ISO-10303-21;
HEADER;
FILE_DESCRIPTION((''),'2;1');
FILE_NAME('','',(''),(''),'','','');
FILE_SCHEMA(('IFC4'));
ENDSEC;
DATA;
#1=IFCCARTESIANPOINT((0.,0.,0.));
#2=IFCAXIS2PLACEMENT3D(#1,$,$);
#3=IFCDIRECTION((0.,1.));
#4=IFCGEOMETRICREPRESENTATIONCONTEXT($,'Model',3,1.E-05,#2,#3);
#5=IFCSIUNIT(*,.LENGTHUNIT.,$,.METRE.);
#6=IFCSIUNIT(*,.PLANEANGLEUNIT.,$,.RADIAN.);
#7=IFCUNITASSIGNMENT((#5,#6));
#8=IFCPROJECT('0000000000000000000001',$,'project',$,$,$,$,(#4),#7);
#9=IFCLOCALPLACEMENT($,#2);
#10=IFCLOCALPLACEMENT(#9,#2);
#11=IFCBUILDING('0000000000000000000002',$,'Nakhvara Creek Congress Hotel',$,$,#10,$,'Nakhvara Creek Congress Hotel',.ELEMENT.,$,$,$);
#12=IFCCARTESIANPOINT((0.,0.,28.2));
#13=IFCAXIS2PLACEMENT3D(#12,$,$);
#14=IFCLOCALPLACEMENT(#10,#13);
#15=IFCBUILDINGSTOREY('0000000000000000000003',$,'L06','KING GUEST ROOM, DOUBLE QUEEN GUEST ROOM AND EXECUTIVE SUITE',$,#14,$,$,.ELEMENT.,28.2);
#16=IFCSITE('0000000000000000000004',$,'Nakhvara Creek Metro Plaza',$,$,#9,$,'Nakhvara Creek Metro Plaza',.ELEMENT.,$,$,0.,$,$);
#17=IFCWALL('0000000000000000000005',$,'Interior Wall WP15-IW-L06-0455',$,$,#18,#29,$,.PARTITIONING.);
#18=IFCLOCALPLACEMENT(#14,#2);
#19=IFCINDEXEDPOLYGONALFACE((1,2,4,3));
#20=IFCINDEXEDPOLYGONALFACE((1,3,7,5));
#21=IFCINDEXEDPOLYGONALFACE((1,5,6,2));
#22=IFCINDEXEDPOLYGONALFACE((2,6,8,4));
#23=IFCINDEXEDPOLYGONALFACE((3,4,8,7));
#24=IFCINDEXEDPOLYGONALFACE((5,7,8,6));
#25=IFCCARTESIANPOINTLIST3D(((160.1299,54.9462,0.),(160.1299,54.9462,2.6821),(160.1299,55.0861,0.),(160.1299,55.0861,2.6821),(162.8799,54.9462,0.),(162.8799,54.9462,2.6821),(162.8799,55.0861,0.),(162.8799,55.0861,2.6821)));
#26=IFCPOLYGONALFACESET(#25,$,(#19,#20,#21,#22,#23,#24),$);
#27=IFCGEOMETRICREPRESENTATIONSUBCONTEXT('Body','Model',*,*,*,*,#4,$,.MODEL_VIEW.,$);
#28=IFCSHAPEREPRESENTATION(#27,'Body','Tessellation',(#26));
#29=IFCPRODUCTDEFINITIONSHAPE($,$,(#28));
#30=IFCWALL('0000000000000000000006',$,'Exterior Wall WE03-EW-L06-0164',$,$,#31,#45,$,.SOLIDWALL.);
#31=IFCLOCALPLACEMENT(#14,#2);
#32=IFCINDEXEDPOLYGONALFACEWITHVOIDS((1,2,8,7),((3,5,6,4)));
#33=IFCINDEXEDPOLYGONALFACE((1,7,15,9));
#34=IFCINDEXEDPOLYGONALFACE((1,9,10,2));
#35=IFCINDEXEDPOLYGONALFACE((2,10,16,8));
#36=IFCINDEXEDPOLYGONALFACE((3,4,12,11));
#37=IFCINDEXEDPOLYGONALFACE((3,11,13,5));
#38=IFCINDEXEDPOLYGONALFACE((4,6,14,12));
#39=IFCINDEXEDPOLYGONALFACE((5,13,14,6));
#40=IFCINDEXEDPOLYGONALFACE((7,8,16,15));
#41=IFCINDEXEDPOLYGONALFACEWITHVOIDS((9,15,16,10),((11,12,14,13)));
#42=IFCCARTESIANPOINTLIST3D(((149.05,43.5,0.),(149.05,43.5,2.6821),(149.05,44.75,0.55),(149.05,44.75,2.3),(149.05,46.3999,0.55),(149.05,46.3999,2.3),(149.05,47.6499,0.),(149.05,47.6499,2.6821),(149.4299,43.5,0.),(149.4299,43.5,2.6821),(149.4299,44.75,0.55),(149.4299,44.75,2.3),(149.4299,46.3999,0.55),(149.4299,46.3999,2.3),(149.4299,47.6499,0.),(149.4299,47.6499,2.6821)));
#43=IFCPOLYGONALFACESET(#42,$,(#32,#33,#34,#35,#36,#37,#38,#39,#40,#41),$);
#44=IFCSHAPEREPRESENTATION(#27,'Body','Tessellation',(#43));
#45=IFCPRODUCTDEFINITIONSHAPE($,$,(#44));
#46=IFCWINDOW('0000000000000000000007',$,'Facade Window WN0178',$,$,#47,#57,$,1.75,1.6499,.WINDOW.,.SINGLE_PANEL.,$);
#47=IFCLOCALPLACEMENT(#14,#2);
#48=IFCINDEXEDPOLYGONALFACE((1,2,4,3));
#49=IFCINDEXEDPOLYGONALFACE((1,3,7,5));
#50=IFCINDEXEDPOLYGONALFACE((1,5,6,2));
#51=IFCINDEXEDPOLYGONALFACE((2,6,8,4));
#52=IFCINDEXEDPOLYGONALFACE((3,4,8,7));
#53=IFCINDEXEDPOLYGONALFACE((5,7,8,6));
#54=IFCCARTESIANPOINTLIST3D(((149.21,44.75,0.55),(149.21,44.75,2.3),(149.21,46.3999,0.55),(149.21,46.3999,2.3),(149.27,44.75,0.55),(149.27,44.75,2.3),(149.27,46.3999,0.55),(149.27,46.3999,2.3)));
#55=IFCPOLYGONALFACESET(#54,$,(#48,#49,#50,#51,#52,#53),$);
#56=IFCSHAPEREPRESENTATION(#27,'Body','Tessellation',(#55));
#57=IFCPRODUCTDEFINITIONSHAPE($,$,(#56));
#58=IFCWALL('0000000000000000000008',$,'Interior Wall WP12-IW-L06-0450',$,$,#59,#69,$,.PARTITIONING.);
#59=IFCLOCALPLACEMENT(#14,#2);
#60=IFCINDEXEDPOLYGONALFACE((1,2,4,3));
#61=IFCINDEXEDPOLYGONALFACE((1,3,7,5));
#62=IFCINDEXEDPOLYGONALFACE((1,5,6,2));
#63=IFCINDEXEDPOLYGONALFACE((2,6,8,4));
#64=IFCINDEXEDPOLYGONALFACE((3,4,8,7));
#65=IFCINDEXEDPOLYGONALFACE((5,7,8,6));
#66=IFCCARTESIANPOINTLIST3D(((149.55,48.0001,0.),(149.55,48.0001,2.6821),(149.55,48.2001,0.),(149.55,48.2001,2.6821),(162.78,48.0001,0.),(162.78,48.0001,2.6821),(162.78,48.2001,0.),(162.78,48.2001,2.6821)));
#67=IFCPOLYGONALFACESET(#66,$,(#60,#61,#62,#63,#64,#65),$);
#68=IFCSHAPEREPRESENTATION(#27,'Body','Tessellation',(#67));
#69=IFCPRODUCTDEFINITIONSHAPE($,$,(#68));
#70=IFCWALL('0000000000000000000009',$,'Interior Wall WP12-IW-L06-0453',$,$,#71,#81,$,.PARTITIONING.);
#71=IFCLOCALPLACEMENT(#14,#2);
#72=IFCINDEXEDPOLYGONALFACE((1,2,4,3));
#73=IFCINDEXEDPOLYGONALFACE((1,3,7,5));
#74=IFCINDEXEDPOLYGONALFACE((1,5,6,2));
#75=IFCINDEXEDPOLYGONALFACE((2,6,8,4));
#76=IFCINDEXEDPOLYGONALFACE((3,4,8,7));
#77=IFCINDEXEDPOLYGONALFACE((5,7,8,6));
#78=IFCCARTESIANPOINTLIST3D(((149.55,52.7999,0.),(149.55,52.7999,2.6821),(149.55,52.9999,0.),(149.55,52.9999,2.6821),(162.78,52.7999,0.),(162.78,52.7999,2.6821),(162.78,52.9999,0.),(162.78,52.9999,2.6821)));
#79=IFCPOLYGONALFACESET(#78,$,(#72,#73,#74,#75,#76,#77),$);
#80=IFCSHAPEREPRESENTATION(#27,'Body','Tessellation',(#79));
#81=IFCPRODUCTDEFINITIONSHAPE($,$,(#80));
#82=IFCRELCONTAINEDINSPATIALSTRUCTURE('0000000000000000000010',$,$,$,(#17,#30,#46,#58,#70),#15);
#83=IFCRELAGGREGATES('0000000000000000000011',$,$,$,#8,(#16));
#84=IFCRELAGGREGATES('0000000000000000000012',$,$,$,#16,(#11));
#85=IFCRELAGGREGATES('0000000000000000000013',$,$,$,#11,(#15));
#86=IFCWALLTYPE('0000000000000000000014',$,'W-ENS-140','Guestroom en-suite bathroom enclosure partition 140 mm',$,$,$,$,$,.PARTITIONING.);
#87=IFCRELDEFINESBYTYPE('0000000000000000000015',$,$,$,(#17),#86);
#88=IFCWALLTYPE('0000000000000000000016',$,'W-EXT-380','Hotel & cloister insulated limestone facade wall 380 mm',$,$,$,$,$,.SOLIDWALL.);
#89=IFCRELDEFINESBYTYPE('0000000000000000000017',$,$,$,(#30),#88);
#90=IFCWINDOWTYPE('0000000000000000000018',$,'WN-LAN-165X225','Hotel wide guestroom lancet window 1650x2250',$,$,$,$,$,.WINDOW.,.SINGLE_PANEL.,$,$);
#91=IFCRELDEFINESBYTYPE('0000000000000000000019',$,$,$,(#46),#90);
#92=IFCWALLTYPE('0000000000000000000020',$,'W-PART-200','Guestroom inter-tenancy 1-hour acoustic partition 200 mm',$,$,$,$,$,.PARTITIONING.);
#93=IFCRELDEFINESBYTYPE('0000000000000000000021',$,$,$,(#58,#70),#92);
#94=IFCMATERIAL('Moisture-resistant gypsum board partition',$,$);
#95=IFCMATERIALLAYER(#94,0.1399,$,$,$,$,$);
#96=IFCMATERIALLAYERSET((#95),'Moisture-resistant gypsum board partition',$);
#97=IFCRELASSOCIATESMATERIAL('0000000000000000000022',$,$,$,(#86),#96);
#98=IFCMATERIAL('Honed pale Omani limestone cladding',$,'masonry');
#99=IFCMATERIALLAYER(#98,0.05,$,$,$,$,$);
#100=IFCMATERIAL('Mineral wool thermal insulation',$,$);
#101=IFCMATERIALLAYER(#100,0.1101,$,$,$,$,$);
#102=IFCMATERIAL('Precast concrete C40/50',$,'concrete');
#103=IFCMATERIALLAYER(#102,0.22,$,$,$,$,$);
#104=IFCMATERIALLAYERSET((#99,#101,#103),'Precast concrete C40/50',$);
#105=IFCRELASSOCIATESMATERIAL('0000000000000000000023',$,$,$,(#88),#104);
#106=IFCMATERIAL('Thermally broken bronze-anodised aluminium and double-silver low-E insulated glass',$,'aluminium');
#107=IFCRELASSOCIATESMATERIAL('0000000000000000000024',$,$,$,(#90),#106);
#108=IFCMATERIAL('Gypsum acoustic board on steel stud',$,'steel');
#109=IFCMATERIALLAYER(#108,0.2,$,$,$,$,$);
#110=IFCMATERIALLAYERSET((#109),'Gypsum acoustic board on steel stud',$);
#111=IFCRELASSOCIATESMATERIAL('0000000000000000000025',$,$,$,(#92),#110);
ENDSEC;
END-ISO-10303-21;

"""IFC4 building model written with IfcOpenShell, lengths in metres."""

from ifc_helpers import new_model, si_unit, direction, frame, frame_2d, origin, place, context, subcontext, project, spatial, rectangle, extrude, material, layer, layer_set, type_object, element, fill, save


model = new_model("IFC4")

# Units and contexts
model_context = context("Model", 3, precision=1e-05, world=origin(), true_north=direction((0.0, 1.0)))
body_context = subcontext(model_context, "Body", "Model", "MODEL_VIEW")
ifc_project = project(units=[si_unit("LENGTHUNIT", "METRE"), si_unit("PLANEANGLEUNIT", "RADIAN")], contexts=[model_context])

# Site, building, storey
site_placement = place(None, origin())
site = spatial("IfcSite", under=ifc_project, at=site_placement, Name="Nakhvara Creek Metro Plaza", LongName="Nakhvara Creek Metro Plaza", CompositionType="ELEMENT", RefElevation=0.0)
building_placement = place(site_placement, origin())
building = spatial("IfcBuilding", under=site, at=building_placement, Name="Nakhvara Creek Congress Hotel", LongName="Nakhvara Creek Congress Hotel", CompositionType="ELEMENT")
storey_placement = place(building_placement, frame((0.0, 0.0, 28.2)))
storey = spatial("IfcBuildingStorey", under=building, at=storey_placement, Name="L06", Description="KING GUEST ROOM, DOUBLE QUEEN GUEST ROOM AND EXECUTIVE SUITE", CompositionType="ELEMENT", Elevation=28.2)

# Shared definitions
ifc_material_1 = material(Name="Moisture-resistant gypsum board partition")
ifc_layer_1 = layer(ifc_material_1, 0.1399)
ifc_layer_set_1 = layer_set([ifc_layer_1], Name="Moisture-resistant gypsum board partition")
wall_type_1 = type_object("IfcWallType", Name="W-ENS-140", Description="Guestroom en-suite bathroom enclosure partition 140 mm", PredefinedType="PARTITIONING", material=ifc_layer_set_1)

# Wall
wall_1_placement = place(storey_placement, frame((160.1299, 55.0161, 0.0), z_axis=(0.0, 0.0, 1.0), x_axis=(1.0, 0.0, 0.0)))
element("IfcWall", 1, at=wall_1_placement, inside=storey, type_object=wall_type_1, Name="Interior Wall WP15-IW-L06-0455", PredefinedType="PARTITIONING", context=body_context, shape_type="SweptSolid", body=[
    extrude(rectangle(XDim=2.75, YDim=0.1399, at=frame_2d((1.375, 0.0))), origin(), (0.0, 0.0, 1.0), 2.6821),
])

# Wall, opening, window
ifc_material_2 = material(Name="Honed pale Omani limestone cladding", Category="masonry")
ifc_layer_2 = layer(ifc_material_2, 0.05)
ifc_material_3 = material(Name="Mineral wool thermal insulation")
ifc_layer_3 = layer(ifc_material_3, 0.1101)
ifc_material_4 = material(Name="Precast concrete C40/50", Category="concrete")
ifc_layer_4 = layer(ifc_material_4, 0.22)
ifc_layer_set_2 = layer_set([ifc_layer_2, ifc_layer_3, ifc_layer_4], Name="Precast concrete C40/50")
wall_type_2 = type_object("IfcWallType", Name="W-EXT-380", Description="Hotel & cloister insulated limestone facade wall 380 mm", PredefinedType="SOLIDWALL", material=ifc_layer_set_2)
wall_2_placement = place(storey_placement, frame((149.24, 43.5, 0.0), z_axis=(0.0, 0.0, 1.0), x_axis=(0.0, 1.0, 0.0)))
wall_2 = element("IfcWall", 2, at=wall_2_placement, inside=storey, type_object=wall_type_2, Name="Exterior Wall WE03-EW-L06-0164", PredefinedType="SOLIDWALL", context=body_context, shape_type="SweptSolid", body=[
    extrude(rectangle(XDim=4.1499, YDim=0.3799, at=frame_2d((2.075, 0.0))), origin(), (0.0, 0.0, 1.0), 2.6821),
])
opening_1_placement = place(wall_2_placement, frame((1.25, 0.0, 0.55)))
opening_1 = element("IfcOpeningElement", 3, at=opening_1_placement, cuts=wall_2, PredefinedType="OPENING", context=body_context, shape_type="SweptSolid", body=[
    extrude(rectangle(XDim=1.6499, YDim=1.75, at=frame_2d((0.825, 0.875))), frame((0.0, 0.2019, 0.0), z_axis=(0.0, -1.0, 0.0), x_axis=(1.0, 0.0, 0.0)), (0.0, 0.0, 1.0), 0.4038),
])
ifc_material_5 = material(Name="Thermally broken bronze-anodised aluminium and double-silver low-E insulated glass", Category="aluminium")
window_type = type_object("IfcWindowType", Name="WN-LAN-165X225", Description="Hotel wide guestroom lancet window 1650x2250", PartitioningType="SINGLE_PANEL", PredefinedType="WINDOW", material=ifc_material_5)
window_placement = place(opening_1_placement, origin())
window = element("IfcWindow", 4, at=window_placement, inside=storey, type_object=window_type, Name="Facade Window WN0178", OverallHeight=1.75, OverallWidth=1.6499, PartitioningType="SINGLE_PANEL", PredefinedType="WINDOW", context=body_context, shape_type="SweptSolid", body=[
    extrude(rectangle(XDim=1.6499, YDim=1.75, at=frame_2d((0.825, 0.875))), frame((0.0, 0.03, 0.0), z_axis=(0.0, -1.0, 0.0), x_axis=(1.0, 0.0, 0.0)), (0.0, 0.0, 1.0), 0.0601),
])
fill(opening_1, window)

# Walls
ifc_material_6 = material(Name="Gypsum acoustic board on steel stud", Category="steel")
ifc_layer_5 = layer(ifc_material_6, 0.2)
ifc_layer_set_3 = layer_set([ifc_layer_5], Name="Gypsum acoustic board on steel stud")
wall_type_3 = type_object("IfcWallType", Name="W-PART-200", Description="Guestroom inter-tenancy 1-hour acoustic partition 200 mm", PredefinedType="PARTITIONING", material=ifc_layer_set_3)
for number, where, z_axis, x_axis, name in (
    (5, (149.55, 48.1001, 0.0), (0.0, 0.0, 1.0), (1.0, 0.0, 0.0), "Interior Wall WP12-IW-L06-0450"),
    (6, (149.55, 52.8999, 0.0), (0.0, 0.0, 1.0), (1.0, 0.0, 0.0), "Interior Wall WP12-IW-L06-0453"),
):
    element("IfcWall", number, at=place(storey_placement, frame(where, z_axis=z_axis, x_axis=x_axis)), inside=storey, type_object=wall_type_3, Name=name, PredefinedType="PARTITIONING", context=body_context, shape_type="SweptSolid", body=[
        extrude(rectangle(XDim=13.23, YDim=0.2, at=frame_2d((6.615, 0.0))), origin(), (0.0, 0.0, 1.0), 2.6821),
    ])

save(model, "model.ifc")
